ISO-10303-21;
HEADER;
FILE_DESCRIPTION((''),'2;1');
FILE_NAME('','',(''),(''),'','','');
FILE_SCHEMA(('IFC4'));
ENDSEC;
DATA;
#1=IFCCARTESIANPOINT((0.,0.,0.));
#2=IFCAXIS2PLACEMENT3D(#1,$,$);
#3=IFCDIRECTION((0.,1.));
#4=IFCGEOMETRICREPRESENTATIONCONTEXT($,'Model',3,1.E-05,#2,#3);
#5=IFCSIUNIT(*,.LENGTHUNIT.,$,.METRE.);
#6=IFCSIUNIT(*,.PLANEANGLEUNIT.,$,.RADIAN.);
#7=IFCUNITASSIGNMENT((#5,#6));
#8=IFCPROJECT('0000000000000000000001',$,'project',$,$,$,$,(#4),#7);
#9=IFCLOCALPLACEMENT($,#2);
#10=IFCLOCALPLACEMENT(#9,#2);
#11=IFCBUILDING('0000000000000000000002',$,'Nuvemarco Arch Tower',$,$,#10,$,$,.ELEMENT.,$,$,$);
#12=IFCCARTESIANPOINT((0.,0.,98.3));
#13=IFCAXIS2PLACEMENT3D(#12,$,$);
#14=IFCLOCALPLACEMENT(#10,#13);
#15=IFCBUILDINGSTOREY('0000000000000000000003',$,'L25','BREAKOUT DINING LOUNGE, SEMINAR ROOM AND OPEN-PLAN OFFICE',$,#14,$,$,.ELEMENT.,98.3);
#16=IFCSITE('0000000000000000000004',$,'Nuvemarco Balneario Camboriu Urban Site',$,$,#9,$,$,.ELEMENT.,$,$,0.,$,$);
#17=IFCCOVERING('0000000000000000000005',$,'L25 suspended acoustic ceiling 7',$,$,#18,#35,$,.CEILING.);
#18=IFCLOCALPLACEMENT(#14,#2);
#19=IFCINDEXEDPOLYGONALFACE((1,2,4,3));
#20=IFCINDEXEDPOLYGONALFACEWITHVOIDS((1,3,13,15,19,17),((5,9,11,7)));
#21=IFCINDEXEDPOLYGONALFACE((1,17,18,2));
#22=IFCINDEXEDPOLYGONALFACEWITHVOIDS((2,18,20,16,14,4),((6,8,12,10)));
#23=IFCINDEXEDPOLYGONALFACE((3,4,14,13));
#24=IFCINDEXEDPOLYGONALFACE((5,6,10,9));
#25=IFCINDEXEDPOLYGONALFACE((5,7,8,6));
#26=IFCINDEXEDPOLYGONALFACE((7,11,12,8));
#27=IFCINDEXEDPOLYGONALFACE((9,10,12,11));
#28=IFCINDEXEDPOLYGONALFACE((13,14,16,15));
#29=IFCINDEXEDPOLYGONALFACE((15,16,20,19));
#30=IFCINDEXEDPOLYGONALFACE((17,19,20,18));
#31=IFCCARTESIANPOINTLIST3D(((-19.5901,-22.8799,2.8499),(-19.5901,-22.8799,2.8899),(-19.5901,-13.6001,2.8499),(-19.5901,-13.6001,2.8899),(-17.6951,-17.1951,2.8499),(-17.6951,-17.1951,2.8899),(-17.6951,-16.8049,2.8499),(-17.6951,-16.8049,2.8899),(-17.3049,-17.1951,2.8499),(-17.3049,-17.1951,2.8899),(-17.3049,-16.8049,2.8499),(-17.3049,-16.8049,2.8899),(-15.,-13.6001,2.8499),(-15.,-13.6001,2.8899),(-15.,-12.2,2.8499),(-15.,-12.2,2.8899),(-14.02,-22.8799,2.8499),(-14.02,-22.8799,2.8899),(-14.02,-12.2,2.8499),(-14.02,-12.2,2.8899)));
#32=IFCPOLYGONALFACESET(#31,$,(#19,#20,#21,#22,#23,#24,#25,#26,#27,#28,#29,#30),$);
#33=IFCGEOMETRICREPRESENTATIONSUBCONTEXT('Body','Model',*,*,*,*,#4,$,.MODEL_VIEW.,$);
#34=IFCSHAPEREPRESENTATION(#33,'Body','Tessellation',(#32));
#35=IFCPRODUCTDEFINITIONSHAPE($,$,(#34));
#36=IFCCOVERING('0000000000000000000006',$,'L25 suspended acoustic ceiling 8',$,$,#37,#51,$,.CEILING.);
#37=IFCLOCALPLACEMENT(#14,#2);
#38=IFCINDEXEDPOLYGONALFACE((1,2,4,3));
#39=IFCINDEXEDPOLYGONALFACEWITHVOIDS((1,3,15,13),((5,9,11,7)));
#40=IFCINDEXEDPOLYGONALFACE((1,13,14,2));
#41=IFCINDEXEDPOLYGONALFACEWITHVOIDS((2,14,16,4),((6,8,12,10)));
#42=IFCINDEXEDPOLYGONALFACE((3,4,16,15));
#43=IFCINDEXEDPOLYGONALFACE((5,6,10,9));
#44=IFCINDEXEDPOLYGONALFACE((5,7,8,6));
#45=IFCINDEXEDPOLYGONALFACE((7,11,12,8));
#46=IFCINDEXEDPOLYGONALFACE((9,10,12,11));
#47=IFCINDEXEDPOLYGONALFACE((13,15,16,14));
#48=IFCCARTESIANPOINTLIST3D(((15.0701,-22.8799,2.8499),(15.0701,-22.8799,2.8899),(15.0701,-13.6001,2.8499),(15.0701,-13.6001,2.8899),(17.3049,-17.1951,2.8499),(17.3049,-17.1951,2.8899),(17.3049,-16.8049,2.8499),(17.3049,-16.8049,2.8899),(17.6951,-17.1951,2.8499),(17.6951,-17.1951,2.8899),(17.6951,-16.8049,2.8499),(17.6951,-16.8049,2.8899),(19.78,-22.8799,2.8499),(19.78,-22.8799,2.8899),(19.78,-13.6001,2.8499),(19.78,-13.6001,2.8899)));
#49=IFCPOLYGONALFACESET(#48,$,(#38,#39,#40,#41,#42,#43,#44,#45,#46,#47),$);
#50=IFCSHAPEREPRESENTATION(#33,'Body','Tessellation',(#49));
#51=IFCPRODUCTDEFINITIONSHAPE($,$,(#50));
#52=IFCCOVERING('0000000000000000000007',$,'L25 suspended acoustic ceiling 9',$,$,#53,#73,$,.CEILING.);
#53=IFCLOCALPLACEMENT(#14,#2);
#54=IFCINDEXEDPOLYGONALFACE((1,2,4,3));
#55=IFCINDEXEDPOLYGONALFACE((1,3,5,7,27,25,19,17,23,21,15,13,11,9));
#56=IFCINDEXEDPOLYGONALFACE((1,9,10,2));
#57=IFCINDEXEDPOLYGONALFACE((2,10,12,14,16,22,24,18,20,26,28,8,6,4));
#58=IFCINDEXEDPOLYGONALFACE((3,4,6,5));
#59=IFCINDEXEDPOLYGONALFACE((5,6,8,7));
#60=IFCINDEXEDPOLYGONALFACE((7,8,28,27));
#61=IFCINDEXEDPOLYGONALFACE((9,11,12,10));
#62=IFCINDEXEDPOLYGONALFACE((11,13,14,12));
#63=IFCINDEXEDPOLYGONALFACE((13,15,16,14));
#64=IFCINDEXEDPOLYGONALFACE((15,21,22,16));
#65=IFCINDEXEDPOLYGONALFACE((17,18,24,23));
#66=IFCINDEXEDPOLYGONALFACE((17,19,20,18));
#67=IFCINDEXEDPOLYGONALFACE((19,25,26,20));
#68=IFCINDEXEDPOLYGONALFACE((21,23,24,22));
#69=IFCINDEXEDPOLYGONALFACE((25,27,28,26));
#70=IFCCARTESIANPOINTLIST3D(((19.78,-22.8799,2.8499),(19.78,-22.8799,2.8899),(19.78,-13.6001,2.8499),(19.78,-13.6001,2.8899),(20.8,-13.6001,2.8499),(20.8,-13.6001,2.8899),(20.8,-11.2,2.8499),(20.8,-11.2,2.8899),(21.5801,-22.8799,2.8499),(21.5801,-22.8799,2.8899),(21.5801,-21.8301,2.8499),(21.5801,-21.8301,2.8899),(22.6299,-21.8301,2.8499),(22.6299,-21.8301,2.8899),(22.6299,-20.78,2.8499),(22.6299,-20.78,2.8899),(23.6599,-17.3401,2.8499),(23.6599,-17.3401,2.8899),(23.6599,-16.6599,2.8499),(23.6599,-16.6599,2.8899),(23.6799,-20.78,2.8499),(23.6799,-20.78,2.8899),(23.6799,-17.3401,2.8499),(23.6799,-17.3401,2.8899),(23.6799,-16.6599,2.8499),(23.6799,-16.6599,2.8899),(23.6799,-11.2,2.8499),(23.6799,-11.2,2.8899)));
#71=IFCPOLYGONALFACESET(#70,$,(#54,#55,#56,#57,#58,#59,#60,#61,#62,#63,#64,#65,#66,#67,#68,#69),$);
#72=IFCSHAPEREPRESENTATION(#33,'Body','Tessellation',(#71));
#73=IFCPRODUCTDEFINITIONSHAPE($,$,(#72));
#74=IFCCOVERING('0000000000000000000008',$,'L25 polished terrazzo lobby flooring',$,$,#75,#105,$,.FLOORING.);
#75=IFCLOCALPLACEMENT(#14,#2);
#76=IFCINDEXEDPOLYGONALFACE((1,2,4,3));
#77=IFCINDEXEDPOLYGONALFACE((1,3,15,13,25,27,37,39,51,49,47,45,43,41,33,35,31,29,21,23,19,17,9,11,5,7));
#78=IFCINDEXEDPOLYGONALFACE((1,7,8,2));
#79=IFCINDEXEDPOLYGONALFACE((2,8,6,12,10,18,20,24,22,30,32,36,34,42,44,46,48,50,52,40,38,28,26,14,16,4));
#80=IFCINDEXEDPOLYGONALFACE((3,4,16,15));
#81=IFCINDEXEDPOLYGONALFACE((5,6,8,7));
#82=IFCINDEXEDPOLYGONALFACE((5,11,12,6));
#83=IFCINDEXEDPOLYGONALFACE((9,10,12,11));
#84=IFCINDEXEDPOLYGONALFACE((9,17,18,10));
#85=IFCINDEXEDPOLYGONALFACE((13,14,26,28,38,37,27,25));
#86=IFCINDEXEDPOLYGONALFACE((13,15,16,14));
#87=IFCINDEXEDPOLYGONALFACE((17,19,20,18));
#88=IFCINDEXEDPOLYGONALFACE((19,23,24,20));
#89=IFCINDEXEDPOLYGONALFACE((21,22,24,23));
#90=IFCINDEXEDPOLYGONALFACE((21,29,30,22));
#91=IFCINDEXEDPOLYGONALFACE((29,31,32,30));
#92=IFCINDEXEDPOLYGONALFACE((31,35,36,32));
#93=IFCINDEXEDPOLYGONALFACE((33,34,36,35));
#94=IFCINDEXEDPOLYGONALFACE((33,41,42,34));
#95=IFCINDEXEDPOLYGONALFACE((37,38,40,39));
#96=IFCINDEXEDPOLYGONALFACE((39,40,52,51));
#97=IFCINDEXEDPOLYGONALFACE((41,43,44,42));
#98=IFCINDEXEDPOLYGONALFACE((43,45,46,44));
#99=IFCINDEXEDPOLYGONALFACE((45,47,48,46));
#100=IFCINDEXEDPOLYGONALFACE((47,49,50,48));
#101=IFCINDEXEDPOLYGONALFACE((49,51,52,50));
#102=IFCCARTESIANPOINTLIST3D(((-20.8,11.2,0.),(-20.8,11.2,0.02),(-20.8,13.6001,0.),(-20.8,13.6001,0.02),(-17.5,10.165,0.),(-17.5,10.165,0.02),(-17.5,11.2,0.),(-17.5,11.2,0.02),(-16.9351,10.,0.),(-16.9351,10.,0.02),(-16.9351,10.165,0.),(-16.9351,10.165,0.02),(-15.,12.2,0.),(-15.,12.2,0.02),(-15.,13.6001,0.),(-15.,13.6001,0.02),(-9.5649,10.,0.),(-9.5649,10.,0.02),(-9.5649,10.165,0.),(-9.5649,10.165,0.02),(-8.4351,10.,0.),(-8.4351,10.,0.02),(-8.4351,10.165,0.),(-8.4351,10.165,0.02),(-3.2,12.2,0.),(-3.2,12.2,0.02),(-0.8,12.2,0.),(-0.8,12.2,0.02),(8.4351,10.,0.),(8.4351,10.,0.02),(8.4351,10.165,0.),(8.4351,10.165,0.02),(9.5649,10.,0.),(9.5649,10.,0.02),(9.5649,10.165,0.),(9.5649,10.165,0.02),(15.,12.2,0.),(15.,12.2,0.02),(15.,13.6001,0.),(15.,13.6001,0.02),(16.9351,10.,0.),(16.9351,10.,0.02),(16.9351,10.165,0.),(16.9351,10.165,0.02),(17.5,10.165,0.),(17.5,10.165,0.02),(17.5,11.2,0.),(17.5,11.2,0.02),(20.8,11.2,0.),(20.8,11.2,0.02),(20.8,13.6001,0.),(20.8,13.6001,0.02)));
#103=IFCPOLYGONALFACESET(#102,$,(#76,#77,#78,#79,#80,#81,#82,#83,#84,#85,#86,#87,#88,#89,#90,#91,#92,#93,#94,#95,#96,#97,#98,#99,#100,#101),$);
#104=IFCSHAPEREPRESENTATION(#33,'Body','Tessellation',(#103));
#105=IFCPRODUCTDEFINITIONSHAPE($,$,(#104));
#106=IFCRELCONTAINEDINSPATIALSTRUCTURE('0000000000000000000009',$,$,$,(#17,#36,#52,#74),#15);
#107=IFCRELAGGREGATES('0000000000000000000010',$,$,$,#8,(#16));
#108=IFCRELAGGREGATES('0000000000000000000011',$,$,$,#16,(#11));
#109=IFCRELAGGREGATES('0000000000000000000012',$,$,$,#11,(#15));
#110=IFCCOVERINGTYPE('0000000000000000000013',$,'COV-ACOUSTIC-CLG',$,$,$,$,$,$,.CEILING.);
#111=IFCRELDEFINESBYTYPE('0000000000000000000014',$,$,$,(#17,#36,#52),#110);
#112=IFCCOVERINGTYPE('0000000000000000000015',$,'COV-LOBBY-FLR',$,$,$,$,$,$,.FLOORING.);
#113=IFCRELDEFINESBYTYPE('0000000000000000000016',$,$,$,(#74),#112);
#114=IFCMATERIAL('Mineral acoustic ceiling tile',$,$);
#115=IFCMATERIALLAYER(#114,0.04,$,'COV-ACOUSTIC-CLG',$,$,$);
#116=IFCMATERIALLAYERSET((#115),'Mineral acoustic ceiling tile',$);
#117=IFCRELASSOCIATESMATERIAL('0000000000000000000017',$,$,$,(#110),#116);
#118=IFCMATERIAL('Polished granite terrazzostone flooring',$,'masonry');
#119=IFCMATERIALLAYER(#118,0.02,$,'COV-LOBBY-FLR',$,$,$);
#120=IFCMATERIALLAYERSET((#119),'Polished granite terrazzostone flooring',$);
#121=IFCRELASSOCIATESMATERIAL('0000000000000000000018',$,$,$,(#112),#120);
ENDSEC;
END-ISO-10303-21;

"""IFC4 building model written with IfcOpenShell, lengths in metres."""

from ifc_helpers import new_model, si_unit, direction, frame, origin, place, context, subcontext, project, spatial, polyline, outline, extrude, material, layer, layer_set, type_object, element, save


model = new_model("IFC4")

# Units and contexts
model_context = context("Model", 3, precision=1e-05, world=origin(), true_north=direction((0.0, 1.0)))
body_context = subcontext(model_context, "Body", "Model", "MODEL_VIEW")
ifc_project = project(units=[si_unit("LENGTHUNIT", "METRE"), si_unit("PLANEANGLEUNIT", "RADIAN")], contexts=[model_context])

# Site, building, storey
site_placement = place(None, origin())
site = spatial("IfcSite", under=ifc_project, at=site_placement, Name="Nuvemarco Balneario Camboriu Urban Site", CompositionType="ELEMENT", RefElevation=0.0)
building_placement = place(site_placement, origin())
building = spatial("IfcBuilding", under=site, at=building_placement, Name="Nuvemarco Arch Tower", CompositionType="ELEMENT")
storey_placement = place(building_placement, frame((0.0, 0.0, 98.3)))
storey = spatial("IfcBuildingStorey", under=building, at=storey_placement, Name="L25", Description="BREAKOUT DINING LOUNGE, SEMINAR ROOM AND OPEN-PLAN OFFICE", CompositionType="ELEMENT", Elevation=98.3)

# Coverings
ifc_material_1 = material(Name="Mineral acoustic ceiling tile")
ifc_layer_1 = layer(ifc_material_1, 0.04, Name="COV-ACOUSTIC-CLG")
ifc_layer_set_1 = layer_set([ifc_layer_1], Name="Mineral acoustic ceiling tile")
covering_type_1 = type_object("IfcCoveringType", Name="COV-ACOUSTIC-CLG", PredefinedType="CEILING", material=ifc_layer_set_1)
covering_1_placement = place(storey_placement, frame((0.0, 0.0, 2.8499)))
element("IfcCovering", 1, at=covering_1_placement, inside=storey, type_object=covering_type_1, Name="L25 suspended acoustic ceiling 7", PredefinedType="CEILING", context=body_context, shape_type="SweptSolid", body=[
    extrude(outline(polyline([(-14.02, -12.2), (-14.02, -22.8799), (-19.5901, -22.8799), (-19.5901, -13.6001), (-15.0, -13.6001), (-15.0, -12.2), (-14.02, -12.2)]), holes=[polyline([(-17.3049, -16.8049), (-17.6951, -16.8049), (-17.6951, -17.1951), (-17.3049, -17.1951), (-17.3049, -16.8049)])]), origin(), (0.0, 0.0, 1.0), 0.04),
])
covering_2_placement = place(storey_placement, frame((0.0, 0.0, 2.8499)))
element("IfcCovering", 2, at=covering_2_placement, inside=storey, type_object=covering_type_1, Name="L25 suspended acoustic ceiling 8", PredefinedType="CEILING", context=body_context, shape_type="SweptSolid", body=[
    extrude(outline(polyline([(15.0701, -22.8799), (15.0701, -13.6001), (19.78, -13.6001), (19.78, -22.8799), (15.0701, -22.8799)]), holes=[polyline([(17.6951, -17.1951), (17.6951, -16.8049), (17.3049, -16.8049), (17.3049, -17.1951), (17.6951, -17.1951)])]), origin(), (0.0, 0.0, 1.0), 0.04),
])
covering_3_placement = place(storey_placement, frame((0.0, 0.0, 2.8499)))
element("IfcCovering", 3, at=covering_3_placement, inside=storey, type_object=covering_type_1, Name="L25 suspended acoustic ceiling 9", PredefinedType="CEILING", context=body_context, shape_type="SweptSolid", body=[
    extrude(outline(polyline([(21.5801, -22.8799), (19.78, -22.8799), (19.78, -13.6001), (20.8, -13.6001), (20.8, -11.2), (23.6799, -11.2), (23.6799, -16.6599), (23.6599, -16.6599), (23.6599, -17.3401), (23.6799, -17.3401), (23.6799, -20.78), (22.6299, -20.78), (22.6299, -21.8301), (21.5801, -21.8301), (21.5801, -22.8799)])), origin(), (0.0, 0.0, 1.0), 0.04),
])
ifc_material_2 = material(Name="Polished granite terrazzostone flooring", Category="masonry")
ifc_layer_2 = layer(ifc_material_2, 0.02, Name="COV-LOBBY-FLR")
ifc_layer_set_2 = layer_set([ifc_layer_2], Name="Polished granite terrazzostone flooring")
covering_type_2 = type_object("IfcCoveringType", Name="COV-LOBBY-FLR", PredefinedType="FLOORING", material=ifc_layer_set_2)
covering_4_placement = place(storey_placement, origin())
element("IfcCovering", 4, at=covering_4_placement, inside=storey, type_object=covering_type_2, Name="L25 polished terrazzo lobby flooring", PredefinedType="FLOORING", context=body_context, shape_type="SweptSolid", body=[
    extrude(outline(polyline([(-8.4351, 10.165), (-9.5649, 10.165), (-9.5649, 10.0), (-16.9351, 10.0), (-16.9351, 10.165), (-17.5, 10.165), (-17.5, 11.2), (-20.8, 11.2), (-20.8, 13.6001), (-15.0, 13.6001), (-15.0, 12.2), (-3.2, 12.2), (-0.8, 12.2), (15.0, 12.2), (15.0, 13.6001), (20.8, 13.6001), (20.8, 11.2), (17.5, 11.2), (17.5, 10.165), (16.9351, 10.165), (16.9351, 10.0), (9.5649, 10.0), (9.5649, 10.165), (8.4351, 10.165), (8.4351, 10.0), (-8.4351, 10.0), (-8.4351, 10.165)])), origin(), (0.0, 0.0, 1.0), 0.02),
])

save(model, "model.ifc")
